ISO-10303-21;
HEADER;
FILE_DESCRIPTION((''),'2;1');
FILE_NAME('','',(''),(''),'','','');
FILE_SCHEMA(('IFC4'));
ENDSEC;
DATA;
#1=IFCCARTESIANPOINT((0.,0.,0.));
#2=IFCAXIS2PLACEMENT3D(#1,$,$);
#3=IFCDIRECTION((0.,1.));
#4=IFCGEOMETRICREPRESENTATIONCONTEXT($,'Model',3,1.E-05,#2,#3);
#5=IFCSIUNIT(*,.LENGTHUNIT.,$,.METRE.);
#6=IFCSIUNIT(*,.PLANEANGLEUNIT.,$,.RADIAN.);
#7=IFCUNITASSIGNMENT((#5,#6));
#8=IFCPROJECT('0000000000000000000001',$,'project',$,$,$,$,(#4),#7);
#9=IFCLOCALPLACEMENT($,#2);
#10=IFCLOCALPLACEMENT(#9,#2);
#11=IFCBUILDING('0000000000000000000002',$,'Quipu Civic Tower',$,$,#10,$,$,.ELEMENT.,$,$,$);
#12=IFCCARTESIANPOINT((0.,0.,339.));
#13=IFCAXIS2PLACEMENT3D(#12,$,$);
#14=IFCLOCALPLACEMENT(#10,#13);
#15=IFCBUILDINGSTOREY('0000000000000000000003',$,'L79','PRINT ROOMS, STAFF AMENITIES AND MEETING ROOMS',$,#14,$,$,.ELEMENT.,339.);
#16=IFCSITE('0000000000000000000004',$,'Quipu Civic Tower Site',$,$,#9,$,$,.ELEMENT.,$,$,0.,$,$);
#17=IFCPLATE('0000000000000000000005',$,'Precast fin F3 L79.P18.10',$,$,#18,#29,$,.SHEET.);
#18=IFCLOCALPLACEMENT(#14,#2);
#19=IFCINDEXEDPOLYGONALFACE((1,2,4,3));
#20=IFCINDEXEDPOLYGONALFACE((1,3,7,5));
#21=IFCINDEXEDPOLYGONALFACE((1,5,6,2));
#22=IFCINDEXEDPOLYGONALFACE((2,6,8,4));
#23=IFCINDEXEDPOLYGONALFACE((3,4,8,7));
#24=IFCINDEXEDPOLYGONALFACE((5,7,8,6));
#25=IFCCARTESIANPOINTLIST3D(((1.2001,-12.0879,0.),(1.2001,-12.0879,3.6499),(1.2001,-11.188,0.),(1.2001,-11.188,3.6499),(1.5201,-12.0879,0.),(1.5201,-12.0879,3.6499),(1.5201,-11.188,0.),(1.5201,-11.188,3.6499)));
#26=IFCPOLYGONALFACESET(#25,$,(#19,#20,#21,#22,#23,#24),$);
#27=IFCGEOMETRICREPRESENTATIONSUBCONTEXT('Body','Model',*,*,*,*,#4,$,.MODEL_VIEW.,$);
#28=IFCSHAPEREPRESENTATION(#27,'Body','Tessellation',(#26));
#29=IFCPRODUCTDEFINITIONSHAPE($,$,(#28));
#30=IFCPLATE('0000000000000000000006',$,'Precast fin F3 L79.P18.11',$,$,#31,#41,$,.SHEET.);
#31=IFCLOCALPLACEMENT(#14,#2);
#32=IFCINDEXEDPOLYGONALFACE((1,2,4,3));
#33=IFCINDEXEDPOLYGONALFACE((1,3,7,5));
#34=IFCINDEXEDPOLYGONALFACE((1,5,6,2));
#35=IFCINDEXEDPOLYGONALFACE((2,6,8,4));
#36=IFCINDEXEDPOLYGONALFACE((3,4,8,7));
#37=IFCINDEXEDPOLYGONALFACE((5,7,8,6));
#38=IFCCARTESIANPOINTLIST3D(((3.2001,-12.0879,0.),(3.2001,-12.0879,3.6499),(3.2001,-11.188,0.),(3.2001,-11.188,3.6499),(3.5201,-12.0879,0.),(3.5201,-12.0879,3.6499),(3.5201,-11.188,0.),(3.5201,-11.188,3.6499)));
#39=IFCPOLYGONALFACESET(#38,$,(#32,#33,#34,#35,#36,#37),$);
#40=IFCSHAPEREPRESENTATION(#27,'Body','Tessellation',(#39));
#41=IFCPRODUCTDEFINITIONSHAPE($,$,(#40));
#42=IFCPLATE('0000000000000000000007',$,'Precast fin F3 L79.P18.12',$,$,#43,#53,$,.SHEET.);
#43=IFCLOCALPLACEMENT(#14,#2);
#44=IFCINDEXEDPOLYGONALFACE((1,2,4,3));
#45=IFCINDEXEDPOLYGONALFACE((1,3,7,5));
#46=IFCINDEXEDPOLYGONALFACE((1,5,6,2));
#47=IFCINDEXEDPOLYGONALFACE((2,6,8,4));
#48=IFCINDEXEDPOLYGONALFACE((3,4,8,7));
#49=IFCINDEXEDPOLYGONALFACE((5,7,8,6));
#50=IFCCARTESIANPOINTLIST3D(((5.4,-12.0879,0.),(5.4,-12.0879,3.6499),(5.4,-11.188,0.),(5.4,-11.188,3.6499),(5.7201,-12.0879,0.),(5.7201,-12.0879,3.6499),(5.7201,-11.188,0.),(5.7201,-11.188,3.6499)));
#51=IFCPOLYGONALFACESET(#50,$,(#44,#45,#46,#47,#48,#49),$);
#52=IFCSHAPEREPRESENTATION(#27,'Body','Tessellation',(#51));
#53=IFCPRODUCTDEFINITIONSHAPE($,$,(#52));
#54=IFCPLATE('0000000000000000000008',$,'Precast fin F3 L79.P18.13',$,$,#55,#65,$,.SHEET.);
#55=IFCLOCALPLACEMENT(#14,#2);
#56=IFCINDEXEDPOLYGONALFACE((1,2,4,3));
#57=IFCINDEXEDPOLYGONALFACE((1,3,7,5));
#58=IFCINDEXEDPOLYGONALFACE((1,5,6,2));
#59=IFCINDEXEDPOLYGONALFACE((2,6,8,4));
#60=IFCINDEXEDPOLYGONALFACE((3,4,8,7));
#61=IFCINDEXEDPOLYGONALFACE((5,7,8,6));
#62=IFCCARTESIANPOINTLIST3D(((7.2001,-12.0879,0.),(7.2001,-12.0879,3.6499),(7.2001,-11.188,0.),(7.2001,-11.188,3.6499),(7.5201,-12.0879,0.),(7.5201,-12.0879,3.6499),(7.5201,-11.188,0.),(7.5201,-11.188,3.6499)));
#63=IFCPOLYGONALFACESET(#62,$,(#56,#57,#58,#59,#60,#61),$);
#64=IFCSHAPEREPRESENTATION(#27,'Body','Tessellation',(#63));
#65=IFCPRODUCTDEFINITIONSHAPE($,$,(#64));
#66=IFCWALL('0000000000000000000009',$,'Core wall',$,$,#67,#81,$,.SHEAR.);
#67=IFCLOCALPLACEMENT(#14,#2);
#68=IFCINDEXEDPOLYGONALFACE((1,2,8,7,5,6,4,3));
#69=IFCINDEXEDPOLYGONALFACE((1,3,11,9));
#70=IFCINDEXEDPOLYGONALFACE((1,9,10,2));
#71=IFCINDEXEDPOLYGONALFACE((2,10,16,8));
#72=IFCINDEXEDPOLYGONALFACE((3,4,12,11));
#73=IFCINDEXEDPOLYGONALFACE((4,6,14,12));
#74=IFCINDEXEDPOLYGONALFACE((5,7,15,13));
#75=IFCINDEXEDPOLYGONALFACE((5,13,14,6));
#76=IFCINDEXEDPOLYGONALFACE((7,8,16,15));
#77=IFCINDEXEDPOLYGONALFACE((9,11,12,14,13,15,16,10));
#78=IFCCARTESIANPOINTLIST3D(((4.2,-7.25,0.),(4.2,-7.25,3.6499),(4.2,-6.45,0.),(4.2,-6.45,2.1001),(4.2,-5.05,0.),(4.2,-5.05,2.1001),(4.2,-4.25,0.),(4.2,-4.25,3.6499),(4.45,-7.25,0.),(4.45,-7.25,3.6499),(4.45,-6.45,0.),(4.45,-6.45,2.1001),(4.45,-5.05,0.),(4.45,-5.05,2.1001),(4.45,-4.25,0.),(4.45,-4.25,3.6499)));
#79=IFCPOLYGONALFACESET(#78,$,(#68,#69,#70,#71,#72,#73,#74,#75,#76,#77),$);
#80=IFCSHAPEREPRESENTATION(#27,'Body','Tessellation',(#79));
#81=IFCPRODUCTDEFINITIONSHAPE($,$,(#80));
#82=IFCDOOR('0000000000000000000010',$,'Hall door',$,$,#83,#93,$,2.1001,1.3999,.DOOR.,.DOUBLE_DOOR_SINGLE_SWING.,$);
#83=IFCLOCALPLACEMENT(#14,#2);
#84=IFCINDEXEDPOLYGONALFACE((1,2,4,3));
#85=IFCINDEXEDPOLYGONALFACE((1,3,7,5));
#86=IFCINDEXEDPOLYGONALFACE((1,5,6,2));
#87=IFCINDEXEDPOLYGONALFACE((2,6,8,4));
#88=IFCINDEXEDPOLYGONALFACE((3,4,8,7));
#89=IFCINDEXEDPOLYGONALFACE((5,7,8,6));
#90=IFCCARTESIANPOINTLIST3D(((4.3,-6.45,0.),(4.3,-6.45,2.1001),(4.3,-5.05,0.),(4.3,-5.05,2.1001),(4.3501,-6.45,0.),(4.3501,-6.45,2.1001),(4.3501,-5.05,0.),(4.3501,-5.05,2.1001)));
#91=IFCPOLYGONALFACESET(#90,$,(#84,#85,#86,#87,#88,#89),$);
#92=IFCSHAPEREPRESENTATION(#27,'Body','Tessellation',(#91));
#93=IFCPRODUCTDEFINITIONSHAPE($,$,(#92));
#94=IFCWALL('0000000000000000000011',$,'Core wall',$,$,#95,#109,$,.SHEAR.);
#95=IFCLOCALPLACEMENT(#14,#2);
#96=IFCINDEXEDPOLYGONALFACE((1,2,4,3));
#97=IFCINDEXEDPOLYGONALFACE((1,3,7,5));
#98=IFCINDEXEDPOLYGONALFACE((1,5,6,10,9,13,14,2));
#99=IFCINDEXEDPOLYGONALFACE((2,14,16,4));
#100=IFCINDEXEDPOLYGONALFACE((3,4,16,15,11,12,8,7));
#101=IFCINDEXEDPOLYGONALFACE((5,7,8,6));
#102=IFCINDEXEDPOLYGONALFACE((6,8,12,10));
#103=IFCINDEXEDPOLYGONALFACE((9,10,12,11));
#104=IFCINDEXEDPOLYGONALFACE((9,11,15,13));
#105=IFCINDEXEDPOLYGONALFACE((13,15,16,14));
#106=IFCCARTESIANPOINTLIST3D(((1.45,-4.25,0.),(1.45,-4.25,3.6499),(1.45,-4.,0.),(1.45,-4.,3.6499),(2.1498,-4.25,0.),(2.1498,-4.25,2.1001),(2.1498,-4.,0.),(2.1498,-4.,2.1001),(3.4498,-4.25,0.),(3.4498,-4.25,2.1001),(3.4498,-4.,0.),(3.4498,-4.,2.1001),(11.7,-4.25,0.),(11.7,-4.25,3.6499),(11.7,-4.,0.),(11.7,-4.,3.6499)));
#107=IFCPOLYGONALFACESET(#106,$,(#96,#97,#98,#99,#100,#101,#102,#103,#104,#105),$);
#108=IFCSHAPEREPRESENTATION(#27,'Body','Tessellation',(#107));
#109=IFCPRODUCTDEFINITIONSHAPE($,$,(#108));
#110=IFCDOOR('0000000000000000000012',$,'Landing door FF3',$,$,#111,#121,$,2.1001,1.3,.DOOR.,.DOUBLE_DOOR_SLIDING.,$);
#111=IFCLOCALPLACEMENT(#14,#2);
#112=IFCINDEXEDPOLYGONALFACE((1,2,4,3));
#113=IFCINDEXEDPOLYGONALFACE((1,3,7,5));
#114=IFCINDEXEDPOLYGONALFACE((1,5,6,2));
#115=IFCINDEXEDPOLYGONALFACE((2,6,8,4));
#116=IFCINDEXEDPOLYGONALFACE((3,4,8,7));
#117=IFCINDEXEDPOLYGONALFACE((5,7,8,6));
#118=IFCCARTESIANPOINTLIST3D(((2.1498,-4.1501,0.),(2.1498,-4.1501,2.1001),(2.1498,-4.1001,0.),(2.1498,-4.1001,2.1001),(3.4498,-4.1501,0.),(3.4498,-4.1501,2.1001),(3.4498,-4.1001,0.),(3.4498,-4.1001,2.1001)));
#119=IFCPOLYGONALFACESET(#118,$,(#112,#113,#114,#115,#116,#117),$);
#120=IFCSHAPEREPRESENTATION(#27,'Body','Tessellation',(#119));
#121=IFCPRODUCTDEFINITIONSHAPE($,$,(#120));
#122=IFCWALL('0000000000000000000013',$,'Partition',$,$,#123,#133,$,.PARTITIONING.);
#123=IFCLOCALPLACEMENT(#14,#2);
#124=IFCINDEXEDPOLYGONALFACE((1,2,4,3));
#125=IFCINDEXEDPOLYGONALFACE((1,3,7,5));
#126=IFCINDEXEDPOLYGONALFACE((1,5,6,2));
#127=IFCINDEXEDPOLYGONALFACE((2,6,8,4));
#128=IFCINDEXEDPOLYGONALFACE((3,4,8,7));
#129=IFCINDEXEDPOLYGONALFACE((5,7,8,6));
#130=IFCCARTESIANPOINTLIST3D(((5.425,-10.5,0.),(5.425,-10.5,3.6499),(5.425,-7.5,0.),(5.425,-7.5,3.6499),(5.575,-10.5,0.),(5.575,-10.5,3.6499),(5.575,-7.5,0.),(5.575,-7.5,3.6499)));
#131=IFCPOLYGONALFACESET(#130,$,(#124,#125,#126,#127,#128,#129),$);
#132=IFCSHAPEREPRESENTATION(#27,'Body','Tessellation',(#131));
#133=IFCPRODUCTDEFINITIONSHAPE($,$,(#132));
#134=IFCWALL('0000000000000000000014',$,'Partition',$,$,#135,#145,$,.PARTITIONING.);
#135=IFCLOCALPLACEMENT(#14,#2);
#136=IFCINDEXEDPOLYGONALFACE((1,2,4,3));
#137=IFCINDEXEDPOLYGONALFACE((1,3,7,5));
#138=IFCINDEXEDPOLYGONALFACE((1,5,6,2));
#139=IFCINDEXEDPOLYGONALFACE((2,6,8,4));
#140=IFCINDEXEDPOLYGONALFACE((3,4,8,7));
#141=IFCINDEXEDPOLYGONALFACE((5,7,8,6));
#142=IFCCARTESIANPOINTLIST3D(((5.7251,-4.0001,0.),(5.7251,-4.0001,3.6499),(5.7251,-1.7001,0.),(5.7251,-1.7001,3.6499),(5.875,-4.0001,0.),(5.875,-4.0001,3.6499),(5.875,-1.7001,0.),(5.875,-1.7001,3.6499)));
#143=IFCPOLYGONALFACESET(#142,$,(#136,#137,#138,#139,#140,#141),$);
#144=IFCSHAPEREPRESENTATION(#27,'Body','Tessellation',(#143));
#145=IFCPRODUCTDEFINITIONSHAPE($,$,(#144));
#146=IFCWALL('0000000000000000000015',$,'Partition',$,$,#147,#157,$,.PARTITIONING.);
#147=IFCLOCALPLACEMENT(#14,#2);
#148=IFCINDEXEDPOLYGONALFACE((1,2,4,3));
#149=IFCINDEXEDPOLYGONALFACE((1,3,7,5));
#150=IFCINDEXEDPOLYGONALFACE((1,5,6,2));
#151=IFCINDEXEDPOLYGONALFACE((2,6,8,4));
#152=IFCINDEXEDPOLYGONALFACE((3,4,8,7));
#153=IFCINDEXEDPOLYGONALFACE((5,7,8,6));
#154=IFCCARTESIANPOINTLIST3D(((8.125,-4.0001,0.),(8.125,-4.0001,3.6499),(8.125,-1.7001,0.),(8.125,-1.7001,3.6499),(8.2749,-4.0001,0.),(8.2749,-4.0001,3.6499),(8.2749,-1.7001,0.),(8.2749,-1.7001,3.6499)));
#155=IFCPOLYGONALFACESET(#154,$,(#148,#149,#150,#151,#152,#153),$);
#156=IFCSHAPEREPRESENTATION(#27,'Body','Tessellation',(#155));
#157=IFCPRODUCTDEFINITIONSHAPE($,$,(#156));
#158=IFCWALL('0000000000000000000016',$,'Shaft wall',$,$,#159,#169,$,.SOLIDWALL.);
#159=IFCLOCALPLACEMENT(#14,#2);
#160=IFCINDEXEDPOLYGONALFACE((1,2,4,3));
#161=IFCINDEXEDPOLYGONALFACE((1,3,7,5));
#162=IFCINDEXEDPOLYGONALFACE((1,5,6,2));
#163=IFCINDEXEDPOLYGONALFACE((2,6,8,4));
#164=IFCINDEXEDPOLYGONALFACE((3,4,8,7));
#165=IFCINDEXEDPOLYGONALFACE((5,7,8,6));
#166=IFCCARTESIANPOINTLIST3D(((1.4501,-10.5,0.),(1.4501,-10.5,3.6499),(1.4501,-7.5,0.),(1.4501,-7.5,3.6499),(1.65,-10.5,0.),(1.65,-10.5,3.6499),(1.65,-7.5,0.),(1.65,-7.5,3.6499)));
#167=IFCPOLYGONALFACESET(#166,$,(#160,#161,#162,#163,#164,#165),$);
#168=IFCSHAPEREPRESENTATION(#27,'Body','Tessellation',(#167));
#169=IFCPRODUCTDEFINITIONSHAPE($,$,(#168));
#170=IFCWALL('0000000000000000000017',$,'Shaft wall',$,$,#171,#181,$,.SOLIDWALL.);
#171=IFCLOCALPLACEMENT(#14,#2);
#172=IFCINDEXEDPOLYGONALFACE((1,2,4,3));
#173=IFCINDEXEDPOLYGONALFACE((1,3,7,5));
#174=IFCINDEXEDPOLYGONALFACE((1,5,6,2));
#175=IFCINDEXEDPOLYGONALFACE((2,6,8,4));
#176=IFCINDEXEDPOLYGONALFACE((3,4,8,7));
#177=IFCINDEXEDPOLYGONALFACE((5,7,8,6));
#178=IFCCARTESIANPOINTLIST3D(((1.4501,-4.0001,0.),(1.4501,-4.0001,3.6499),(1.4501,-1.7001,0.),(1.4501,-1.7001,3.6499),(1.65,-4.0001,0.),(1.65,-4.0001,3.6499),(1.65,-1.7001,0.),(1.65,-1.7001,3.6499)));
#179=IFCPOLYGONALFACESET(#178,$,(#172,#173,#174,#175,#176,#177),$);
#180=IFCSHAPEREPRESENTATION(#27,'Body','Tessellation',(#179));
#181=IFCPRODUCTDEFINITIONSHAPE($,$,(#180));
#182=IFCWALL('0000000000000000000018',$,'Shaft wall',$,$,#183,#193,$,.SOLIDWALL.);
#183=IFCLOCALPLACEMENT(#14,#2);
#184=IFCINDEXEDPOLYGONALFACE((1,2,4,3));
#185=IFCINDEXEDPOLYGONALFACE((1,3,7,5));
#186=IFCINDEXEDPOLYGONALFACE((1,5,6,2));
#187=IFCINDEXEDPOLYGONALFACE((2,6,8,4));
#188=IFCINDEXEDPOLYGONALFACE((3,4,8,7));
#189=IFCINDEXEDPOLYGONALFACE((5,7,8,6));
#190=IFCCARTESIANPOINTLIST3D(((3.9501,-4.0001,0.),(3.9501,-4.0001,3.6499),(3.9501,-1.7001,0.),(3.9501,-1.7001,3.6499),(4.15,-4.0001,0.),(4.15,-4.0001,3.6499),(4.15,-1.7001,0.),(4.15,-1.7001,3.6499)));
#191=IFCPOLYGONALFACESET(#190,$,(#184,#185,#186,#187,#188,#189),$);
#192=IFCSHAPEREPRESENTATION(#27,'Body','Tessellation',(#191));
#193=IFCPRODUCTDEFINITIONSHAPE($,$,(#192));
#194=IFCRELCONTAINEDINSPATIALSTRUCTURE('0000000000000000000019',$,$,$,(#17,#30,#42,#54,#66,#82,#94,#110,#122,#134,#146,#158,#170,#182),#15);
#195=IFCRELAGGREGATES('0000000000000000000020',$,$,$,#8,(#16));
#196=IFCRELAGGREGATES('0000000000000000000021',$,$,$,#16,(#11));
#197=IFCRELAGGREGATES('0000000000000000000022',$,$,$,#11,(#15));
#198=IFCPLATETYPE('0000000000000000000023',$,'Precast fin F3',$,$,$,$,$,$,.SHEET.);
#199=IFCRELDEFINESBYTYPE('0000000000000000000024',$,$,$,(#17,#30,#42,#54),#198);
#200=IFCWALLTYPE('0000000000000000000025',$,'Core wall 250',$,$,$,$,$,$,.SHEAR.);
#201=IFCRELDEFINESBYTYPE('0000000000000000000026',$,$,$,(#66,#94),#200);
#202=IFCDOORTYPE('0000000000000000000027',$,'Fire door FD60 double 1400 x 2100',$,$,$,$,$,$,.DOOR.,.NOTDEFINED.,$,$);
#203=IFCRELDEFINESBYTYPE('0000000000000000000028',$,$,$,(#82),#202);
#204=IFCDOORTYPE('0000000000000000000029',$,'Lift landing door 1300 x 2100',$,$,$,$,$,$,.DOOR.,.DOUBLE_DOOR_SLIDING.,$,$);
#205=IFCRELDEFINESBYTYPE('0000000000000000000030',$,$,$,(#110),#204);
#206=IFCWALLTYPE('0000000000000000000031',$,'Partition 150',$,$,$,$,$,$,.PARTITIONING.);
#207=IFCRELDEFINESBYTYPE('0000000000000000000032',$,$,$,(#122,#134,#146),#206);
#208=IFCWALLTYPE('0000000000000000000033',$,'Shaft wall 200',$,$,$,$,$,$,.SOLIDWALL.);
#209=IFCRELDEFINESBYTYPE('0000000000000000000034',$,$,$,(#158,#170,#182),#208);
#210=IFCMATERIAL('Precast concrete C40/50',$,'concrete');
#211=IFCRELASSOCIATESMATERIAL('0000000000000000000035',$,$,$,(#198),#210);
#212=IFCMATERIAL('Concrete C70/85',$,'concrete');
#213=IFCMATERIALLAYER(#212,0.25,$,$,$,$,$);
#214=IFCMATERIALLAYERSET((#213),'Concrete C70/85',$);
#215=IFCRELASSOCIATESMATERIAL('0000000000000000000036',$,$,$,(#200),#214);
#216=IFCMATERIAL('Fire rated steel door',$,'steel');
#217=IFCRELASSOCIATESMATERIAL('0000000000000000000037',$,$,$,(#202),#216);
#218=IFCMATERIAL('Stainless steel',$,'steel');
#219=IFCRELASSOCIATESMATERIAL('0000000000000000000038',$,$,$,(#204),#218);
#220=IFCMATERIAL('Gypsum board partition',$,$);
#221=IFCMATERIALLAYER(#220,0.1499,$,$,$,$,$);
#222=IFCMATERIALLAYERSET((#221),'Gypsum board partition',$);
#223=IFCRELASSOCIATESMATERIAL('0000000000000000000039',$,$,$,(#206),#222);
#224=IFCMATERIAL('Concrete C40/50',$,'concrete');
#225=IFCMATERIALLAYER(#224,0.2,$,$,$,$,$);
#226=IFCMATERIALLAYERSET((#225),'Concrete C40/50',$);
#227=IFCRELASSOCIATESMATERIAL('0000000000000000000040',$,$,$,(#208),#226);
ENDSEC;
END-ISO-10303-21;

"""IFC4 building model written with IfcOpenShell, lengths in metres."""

from ifc_helpers import new_model, si_unit, direction, frame, frame_2d, origin, origin_2d, place, context, subcontext, project, spatial, rectangle, extrude, material, layer, layer_set, type_object, element, fill, save


model = new_model("IFC4")

# Units and contexts
model_context = context("Model", 3, precision=1e-05, world=origin(), true_north=direction((0.0, 1.0)))
body_context = subcontext(model_context, "Body", "Model", "MODEL_VIEW")
ifc_project = project(units=[si_unit("LENGTHUNIT", "METRE"), si_unit("PLANEANGLEUNIT", "RADIAN")], contexts=[model_context])

# Site, building, storey
site_placement = place(None, origin())
site = spatial("IfcSite", under=ifc_project, at=site_placement, Name="Quipu Civic Tower Site", CompositionType="ELEMENT", RefElevation=0.0)
building_placement = place(site_placement, origin())
building = spatial("IfcBuilding", under=site, at=building_placement, Name="Quipu Civic Tower", CompositionType="ELEMENT")
storey_placement = place(building_placement, frame((0.0, 0.0, 339.0)))
storey = spatial("IfcBuildingStorey", under=building, at=storey_placement, Name="L79", Description="PRINT ROOMS, STAFF AMENITIES AND MEETING ROOMS", CompositionType="ELEMENT", Elevation=339.0)

# Plates
ifc_material_1 = material(Name="Precast concrete C40/50", Category="concrete")
plate_type = type_object("IfcPlateType", Name="Precast fin F3", PredefinedType="SHEET", material=ifc_material_1)
for number, where, z_axis, x_axis, name in (
    (1, (1.3601, -11.6379, 0.0), (0.0, 0.0, 1.0), (1.0, 0.0, 0.0), "Precast fin F3 L79.P18.10"),
    (2, (3.3601, -11.6379, 0.0), (0.0, 0.0, 1.0), (1.0, 0.0, 0.0), "Precast fin F3 L79.P18.11"),
    (3, (5.5601, -11.6379, 0.0), (0.0, 0.0, 1.0), (1.0, 0.0, 0.0), "Precast fin F3 L79.P18.12"),
    (4, (7.3601, -11.6379, 0.0), (0.0, 0.0, 1.0), (1.0, 0.0, 0.0), "Precast fin F3 L79.P18.13"),
):
    element("IfcPlate", number, at=place(storey_placement, frame(where, z_axis=z_axis, x_axis=x_axis)), inside=storey, type_object=plate_type, Name=name, PredefinedType="SHEET", context=body_context, shape_type="SweptSolid", body=[
        extrude(rectangle(XDim=0.3201, YDim=0.8999, at=origin_2d()), origin(), (0.0, 0.0, 1.0), 3.6499),
    ])

# Walls, openings, doors
ifc_material_2 = material(Name="Concrete C70/85", Category="concrete")
ifc_layer_1 = layer(ifc_material_2, 0.25)
ifc_layer_set_1 = layer_set([ifc_layer_1], Name="Concrete C70/85")
wall_type_1 = type_object("IfcWallType", Name="Core wall 250", PredefinedType="SHEAR", material=ifc_layer_set_1)
wall_1_placement = place(storey_placement, frame((4.325, -7.25, 0.0), z_axis=(0.0, 0.0, 1.0), x_axis=(0.0, 1.0, 0.0)))
wall_1 = element("IfcWall", 5, at=wall_1_placement, inside=storey, type_object=wall_type_1, Name="Core wall", PredefinedType="SHEAR", context=body_context, shape_type="SweptSolid", body=[
    extrude(rectangle(XDim=3.0, YDim=0.25, at=frame_2d((1.5, 0.0))), origin(), (0.0, 0.0, 1.0), 3.6499),
])
opening_1_placement = place(wall_1_placement, frame((0.8, 0.0, 0.0)))
opening_1 = element("IfcOpeningElement", 6, at=opening_1_placement, cuts=wall_1, PredefinedType="OPENING", context=body_context, shape_type="SweptSolid", body=[
    extrude(rectangle(XDim=1.3999, YDim=2.1001, at=frame_2d((0.7, 1.05))), frame((0.0, 0.135, 0.0), z_axis=(0.0, -1.0, 0.0), x_axis=(1.0, 0.0, 0.0)), (0.0, 0.0, 1.0), 0.27),
])
ifc_material_3 = material(Name="Fire rated steel door", Category="steel")
door_type_1 = type_object("IfcDoorType", Name="Fire door FD60 double 1400 x 2100", OperationType="NOTDEFINED", PredefinedType="DOOR", material=ifc_material_3)
door_1_placement = place(opening_1_placement, origin())
door_1 = element("IfcDoor", 7, at=door_1_placement, inside=storey, type_object=door_type_1, Name="Hall door", OperationType="DOUBLE_DOOR_SINGLE_SWING", OverallHeight=2.1001, OverallWidth=1.3999, PredefinedType="DOOR", context=body_context, shape_type="SweptSolid", body=[
    extrude(rectangle(XDim=1.3999, YDim=2.1001, at=frame_2d((0.7, 1.05))), frame((0.0, 0.0249, 0.0), z_axis=(0.0, -1.0, 0.0), x_axis=(1.0, 0.0, 0.0)), (0.0, 0.0, 1.0), 0.05),
])
fill(opening_1, door_1)
wall_2_placement = place(storey_placement, frame((1.45, -4.125, 0.0), z_axis=(0.0, 0.0, 1.0), x_axis=(1.0, 0.0, 0.0)))
wall_2 = element("IfcWall", 8, at=wall_2_placement, inside=storey, type_object=wall_type_1, Name="Core wall", PredefinedType="SHEAR", context=body_context, shape_type="SweptSolid", body=[
    extrude(rectangle(XDim=10.25, YDim=0.25, at=frame_2d((5.125, 0.0))), origin(), (0.0, 0.0, 1.0), 3.6499),
])
opening_2_placement = place(wall_2_placement, frame((0.7, 0.0, 0.0)))
opening_2 = element("IfcOpeningElement", 9, at=opening_2_placement, cuts=wall_2, PredefinedType="OPENING", context=body_context, shape_type="SweptSolid", body=[
    extrude(rectangle(XDim=1.3, YDim=2.1001, at=frame_2d((0.6499, 1.05))), frame((0.0, 0.135, 0.0), z_axis=(0.0, -1.0, 0.0), x_axis=(1.0, 0.0, 0.0)), (0.0, 0.0, 1.0), 0.27),
])
ifc_material_4 = material(Name="Stainless steel", Category="steel")
door_type_2 = type_object("IfcDoorType", Name="Lift landing door 1300 x 2100", OperationType="DOUBLE_DOOR_SLIDING", PredefinedType="DOOR", material=ifc_material_4)
door_2_placement = place(opening_2_placement, origin())
door_2 = element("IfcDoor", 10, at=door_2_placement, inside=storey, type_object=door_type_2, Name="Landing door FF3", OperationType="DOUBLE_DOOR_SLIDING", OverallHeight=2.1001, OverallWidth=1.3, PredefinedType="DOOR", context=body_context, shape_type="SweptSolid", body=[
    extrude(rectangle(XDim=1.3, YDim=2.1001, at=frame_2d((0.6499, 1.05))), frame((0.0, 0.0249, 0.0), z_axis=(0.0, -1.0, 0.0), x_axis=(1.0, 0.0, 0.0)), (0.0, 0.0, 1.0), 0.05),
])
fill(opening_2, door_2)

# Walls
ifc_material_5 = material(Name="Gypsum board partition")
ifc_layer_2 = layer(ifc_material_5, 0.1499)
ifc_layer_set_2 = layer_set([ifc_layer_2], Name="Gypsum board partition")
wall_type_2 = type_object("IfcWallType", Name="Partition 150", PredefinedType="PARTITIONING", material=ifc_layer_set_2)
wall_3_placement = place(storey_placement, frame((5.5, -10.5, 0.0), z_axis=(0.0, 0.0, 1.0), x_axis=(0.0, 1.0, 0.0)))
element("IfcWall", 11, at=wall_3_placement, inside=storey, type_object=wall_type_2, Name="Partition", PredefinedType="PARTITIONING", context=body_context, shape_type="SweptSolid", body=[
    extrude(rectangle(XDim=3.0, YDim=0.1499, at=frame_2d((1.5, 0.0))), origin(), (0.0, 0.0, 1.0), 3.6499),
])
for number, where, z_axis, x_axis, name in (
    (12, (5.8, -4.0, 0.0), (0.0, 0.0, 1.0), (0.0, 1.0, 0.0), "Partition"),
    (13, (8.2, -4.0, 0.0), (0.0, 0.0, 1.0), (0.0, 1.0, 0.0), "Partition"),
):
    element("IfcWall", number, at=place(storey_placement, frame(where, z_axis=z_axis, x_axis=x_axis)), inside=storey, type_object=wall_type_2, Name=name, PredefinedType="PARTITIONING", context=body_context, shape_type="SweptSolid", body=[
        extrude(rectangle(XDim=2.3, YDim=0.1499, at=frame_2d((1.1499, 0.0))), origin(), (0.0, 0.0, 1.0), 3.6499),
    ])
ifc_material_6 = material(Name="Concrete C40/50", Category="concrete")
ifc_layer_3 = layer(ifc_material_6, 0.2)
ifc_layer_set_3 = layer_set([ifc_layer_3], Name="Concrete C40/50")
wall_type_3 = type_object("IfcWallType", Name="Shaft wall 200", PredefinedType="SOLIDWALL", material=ifc_layer_set_3)
wall_4_placement = place(storey_placement, frame((1.55, -10.5, 0.0), z_axis=(0.0, 0.0, 1.0), x_axis=(0.0, 1.0, 0.0)))
element("IfcWall", 14, at=wall_4_placement, inside=storey, type_object=wall_type_3, Name="Shaft wall", PredefinedType="SOLIDWALL", context=body_context, shape_type="SweptSolid", body=[
    extrude(rectangle(XDim=3.0, YDim=0.2, at=frame_2d((1.5, 0.0))), origin(), (0.0, 0.0, 1.0), 3.6499),
])
for number, where, z_axis, x_axis, name in (
    (15, (1.55, -4.0, 0.0), (0.0, 0.0, 1.0), (0.0, 1.0, 0.0), "Shaft wall"),
    (16, (4.05, -4.0, 0.0), (0.0, 0.0, 1.0), (0.0, 1.0, 0.0), "Shaft wall"),
):
    element("IfcWall", number, at=place(storey_placement, frame(where, z_axis=z_axis, x_axis=x_axis)), inside=storey, type_object=wall_type_3, Name=name, PredefinedType="SOLIDWALL", context=body_context, shape_type="SweptSolid", body=[
        extrude(rectangle(XDim=2.3, YDim=0.2, at=frame_2d((1.1499, 0.0))), origin(), (0.0, 0.0, 1.0), 3.6499),
    ])

save(model, "model.ifc")
